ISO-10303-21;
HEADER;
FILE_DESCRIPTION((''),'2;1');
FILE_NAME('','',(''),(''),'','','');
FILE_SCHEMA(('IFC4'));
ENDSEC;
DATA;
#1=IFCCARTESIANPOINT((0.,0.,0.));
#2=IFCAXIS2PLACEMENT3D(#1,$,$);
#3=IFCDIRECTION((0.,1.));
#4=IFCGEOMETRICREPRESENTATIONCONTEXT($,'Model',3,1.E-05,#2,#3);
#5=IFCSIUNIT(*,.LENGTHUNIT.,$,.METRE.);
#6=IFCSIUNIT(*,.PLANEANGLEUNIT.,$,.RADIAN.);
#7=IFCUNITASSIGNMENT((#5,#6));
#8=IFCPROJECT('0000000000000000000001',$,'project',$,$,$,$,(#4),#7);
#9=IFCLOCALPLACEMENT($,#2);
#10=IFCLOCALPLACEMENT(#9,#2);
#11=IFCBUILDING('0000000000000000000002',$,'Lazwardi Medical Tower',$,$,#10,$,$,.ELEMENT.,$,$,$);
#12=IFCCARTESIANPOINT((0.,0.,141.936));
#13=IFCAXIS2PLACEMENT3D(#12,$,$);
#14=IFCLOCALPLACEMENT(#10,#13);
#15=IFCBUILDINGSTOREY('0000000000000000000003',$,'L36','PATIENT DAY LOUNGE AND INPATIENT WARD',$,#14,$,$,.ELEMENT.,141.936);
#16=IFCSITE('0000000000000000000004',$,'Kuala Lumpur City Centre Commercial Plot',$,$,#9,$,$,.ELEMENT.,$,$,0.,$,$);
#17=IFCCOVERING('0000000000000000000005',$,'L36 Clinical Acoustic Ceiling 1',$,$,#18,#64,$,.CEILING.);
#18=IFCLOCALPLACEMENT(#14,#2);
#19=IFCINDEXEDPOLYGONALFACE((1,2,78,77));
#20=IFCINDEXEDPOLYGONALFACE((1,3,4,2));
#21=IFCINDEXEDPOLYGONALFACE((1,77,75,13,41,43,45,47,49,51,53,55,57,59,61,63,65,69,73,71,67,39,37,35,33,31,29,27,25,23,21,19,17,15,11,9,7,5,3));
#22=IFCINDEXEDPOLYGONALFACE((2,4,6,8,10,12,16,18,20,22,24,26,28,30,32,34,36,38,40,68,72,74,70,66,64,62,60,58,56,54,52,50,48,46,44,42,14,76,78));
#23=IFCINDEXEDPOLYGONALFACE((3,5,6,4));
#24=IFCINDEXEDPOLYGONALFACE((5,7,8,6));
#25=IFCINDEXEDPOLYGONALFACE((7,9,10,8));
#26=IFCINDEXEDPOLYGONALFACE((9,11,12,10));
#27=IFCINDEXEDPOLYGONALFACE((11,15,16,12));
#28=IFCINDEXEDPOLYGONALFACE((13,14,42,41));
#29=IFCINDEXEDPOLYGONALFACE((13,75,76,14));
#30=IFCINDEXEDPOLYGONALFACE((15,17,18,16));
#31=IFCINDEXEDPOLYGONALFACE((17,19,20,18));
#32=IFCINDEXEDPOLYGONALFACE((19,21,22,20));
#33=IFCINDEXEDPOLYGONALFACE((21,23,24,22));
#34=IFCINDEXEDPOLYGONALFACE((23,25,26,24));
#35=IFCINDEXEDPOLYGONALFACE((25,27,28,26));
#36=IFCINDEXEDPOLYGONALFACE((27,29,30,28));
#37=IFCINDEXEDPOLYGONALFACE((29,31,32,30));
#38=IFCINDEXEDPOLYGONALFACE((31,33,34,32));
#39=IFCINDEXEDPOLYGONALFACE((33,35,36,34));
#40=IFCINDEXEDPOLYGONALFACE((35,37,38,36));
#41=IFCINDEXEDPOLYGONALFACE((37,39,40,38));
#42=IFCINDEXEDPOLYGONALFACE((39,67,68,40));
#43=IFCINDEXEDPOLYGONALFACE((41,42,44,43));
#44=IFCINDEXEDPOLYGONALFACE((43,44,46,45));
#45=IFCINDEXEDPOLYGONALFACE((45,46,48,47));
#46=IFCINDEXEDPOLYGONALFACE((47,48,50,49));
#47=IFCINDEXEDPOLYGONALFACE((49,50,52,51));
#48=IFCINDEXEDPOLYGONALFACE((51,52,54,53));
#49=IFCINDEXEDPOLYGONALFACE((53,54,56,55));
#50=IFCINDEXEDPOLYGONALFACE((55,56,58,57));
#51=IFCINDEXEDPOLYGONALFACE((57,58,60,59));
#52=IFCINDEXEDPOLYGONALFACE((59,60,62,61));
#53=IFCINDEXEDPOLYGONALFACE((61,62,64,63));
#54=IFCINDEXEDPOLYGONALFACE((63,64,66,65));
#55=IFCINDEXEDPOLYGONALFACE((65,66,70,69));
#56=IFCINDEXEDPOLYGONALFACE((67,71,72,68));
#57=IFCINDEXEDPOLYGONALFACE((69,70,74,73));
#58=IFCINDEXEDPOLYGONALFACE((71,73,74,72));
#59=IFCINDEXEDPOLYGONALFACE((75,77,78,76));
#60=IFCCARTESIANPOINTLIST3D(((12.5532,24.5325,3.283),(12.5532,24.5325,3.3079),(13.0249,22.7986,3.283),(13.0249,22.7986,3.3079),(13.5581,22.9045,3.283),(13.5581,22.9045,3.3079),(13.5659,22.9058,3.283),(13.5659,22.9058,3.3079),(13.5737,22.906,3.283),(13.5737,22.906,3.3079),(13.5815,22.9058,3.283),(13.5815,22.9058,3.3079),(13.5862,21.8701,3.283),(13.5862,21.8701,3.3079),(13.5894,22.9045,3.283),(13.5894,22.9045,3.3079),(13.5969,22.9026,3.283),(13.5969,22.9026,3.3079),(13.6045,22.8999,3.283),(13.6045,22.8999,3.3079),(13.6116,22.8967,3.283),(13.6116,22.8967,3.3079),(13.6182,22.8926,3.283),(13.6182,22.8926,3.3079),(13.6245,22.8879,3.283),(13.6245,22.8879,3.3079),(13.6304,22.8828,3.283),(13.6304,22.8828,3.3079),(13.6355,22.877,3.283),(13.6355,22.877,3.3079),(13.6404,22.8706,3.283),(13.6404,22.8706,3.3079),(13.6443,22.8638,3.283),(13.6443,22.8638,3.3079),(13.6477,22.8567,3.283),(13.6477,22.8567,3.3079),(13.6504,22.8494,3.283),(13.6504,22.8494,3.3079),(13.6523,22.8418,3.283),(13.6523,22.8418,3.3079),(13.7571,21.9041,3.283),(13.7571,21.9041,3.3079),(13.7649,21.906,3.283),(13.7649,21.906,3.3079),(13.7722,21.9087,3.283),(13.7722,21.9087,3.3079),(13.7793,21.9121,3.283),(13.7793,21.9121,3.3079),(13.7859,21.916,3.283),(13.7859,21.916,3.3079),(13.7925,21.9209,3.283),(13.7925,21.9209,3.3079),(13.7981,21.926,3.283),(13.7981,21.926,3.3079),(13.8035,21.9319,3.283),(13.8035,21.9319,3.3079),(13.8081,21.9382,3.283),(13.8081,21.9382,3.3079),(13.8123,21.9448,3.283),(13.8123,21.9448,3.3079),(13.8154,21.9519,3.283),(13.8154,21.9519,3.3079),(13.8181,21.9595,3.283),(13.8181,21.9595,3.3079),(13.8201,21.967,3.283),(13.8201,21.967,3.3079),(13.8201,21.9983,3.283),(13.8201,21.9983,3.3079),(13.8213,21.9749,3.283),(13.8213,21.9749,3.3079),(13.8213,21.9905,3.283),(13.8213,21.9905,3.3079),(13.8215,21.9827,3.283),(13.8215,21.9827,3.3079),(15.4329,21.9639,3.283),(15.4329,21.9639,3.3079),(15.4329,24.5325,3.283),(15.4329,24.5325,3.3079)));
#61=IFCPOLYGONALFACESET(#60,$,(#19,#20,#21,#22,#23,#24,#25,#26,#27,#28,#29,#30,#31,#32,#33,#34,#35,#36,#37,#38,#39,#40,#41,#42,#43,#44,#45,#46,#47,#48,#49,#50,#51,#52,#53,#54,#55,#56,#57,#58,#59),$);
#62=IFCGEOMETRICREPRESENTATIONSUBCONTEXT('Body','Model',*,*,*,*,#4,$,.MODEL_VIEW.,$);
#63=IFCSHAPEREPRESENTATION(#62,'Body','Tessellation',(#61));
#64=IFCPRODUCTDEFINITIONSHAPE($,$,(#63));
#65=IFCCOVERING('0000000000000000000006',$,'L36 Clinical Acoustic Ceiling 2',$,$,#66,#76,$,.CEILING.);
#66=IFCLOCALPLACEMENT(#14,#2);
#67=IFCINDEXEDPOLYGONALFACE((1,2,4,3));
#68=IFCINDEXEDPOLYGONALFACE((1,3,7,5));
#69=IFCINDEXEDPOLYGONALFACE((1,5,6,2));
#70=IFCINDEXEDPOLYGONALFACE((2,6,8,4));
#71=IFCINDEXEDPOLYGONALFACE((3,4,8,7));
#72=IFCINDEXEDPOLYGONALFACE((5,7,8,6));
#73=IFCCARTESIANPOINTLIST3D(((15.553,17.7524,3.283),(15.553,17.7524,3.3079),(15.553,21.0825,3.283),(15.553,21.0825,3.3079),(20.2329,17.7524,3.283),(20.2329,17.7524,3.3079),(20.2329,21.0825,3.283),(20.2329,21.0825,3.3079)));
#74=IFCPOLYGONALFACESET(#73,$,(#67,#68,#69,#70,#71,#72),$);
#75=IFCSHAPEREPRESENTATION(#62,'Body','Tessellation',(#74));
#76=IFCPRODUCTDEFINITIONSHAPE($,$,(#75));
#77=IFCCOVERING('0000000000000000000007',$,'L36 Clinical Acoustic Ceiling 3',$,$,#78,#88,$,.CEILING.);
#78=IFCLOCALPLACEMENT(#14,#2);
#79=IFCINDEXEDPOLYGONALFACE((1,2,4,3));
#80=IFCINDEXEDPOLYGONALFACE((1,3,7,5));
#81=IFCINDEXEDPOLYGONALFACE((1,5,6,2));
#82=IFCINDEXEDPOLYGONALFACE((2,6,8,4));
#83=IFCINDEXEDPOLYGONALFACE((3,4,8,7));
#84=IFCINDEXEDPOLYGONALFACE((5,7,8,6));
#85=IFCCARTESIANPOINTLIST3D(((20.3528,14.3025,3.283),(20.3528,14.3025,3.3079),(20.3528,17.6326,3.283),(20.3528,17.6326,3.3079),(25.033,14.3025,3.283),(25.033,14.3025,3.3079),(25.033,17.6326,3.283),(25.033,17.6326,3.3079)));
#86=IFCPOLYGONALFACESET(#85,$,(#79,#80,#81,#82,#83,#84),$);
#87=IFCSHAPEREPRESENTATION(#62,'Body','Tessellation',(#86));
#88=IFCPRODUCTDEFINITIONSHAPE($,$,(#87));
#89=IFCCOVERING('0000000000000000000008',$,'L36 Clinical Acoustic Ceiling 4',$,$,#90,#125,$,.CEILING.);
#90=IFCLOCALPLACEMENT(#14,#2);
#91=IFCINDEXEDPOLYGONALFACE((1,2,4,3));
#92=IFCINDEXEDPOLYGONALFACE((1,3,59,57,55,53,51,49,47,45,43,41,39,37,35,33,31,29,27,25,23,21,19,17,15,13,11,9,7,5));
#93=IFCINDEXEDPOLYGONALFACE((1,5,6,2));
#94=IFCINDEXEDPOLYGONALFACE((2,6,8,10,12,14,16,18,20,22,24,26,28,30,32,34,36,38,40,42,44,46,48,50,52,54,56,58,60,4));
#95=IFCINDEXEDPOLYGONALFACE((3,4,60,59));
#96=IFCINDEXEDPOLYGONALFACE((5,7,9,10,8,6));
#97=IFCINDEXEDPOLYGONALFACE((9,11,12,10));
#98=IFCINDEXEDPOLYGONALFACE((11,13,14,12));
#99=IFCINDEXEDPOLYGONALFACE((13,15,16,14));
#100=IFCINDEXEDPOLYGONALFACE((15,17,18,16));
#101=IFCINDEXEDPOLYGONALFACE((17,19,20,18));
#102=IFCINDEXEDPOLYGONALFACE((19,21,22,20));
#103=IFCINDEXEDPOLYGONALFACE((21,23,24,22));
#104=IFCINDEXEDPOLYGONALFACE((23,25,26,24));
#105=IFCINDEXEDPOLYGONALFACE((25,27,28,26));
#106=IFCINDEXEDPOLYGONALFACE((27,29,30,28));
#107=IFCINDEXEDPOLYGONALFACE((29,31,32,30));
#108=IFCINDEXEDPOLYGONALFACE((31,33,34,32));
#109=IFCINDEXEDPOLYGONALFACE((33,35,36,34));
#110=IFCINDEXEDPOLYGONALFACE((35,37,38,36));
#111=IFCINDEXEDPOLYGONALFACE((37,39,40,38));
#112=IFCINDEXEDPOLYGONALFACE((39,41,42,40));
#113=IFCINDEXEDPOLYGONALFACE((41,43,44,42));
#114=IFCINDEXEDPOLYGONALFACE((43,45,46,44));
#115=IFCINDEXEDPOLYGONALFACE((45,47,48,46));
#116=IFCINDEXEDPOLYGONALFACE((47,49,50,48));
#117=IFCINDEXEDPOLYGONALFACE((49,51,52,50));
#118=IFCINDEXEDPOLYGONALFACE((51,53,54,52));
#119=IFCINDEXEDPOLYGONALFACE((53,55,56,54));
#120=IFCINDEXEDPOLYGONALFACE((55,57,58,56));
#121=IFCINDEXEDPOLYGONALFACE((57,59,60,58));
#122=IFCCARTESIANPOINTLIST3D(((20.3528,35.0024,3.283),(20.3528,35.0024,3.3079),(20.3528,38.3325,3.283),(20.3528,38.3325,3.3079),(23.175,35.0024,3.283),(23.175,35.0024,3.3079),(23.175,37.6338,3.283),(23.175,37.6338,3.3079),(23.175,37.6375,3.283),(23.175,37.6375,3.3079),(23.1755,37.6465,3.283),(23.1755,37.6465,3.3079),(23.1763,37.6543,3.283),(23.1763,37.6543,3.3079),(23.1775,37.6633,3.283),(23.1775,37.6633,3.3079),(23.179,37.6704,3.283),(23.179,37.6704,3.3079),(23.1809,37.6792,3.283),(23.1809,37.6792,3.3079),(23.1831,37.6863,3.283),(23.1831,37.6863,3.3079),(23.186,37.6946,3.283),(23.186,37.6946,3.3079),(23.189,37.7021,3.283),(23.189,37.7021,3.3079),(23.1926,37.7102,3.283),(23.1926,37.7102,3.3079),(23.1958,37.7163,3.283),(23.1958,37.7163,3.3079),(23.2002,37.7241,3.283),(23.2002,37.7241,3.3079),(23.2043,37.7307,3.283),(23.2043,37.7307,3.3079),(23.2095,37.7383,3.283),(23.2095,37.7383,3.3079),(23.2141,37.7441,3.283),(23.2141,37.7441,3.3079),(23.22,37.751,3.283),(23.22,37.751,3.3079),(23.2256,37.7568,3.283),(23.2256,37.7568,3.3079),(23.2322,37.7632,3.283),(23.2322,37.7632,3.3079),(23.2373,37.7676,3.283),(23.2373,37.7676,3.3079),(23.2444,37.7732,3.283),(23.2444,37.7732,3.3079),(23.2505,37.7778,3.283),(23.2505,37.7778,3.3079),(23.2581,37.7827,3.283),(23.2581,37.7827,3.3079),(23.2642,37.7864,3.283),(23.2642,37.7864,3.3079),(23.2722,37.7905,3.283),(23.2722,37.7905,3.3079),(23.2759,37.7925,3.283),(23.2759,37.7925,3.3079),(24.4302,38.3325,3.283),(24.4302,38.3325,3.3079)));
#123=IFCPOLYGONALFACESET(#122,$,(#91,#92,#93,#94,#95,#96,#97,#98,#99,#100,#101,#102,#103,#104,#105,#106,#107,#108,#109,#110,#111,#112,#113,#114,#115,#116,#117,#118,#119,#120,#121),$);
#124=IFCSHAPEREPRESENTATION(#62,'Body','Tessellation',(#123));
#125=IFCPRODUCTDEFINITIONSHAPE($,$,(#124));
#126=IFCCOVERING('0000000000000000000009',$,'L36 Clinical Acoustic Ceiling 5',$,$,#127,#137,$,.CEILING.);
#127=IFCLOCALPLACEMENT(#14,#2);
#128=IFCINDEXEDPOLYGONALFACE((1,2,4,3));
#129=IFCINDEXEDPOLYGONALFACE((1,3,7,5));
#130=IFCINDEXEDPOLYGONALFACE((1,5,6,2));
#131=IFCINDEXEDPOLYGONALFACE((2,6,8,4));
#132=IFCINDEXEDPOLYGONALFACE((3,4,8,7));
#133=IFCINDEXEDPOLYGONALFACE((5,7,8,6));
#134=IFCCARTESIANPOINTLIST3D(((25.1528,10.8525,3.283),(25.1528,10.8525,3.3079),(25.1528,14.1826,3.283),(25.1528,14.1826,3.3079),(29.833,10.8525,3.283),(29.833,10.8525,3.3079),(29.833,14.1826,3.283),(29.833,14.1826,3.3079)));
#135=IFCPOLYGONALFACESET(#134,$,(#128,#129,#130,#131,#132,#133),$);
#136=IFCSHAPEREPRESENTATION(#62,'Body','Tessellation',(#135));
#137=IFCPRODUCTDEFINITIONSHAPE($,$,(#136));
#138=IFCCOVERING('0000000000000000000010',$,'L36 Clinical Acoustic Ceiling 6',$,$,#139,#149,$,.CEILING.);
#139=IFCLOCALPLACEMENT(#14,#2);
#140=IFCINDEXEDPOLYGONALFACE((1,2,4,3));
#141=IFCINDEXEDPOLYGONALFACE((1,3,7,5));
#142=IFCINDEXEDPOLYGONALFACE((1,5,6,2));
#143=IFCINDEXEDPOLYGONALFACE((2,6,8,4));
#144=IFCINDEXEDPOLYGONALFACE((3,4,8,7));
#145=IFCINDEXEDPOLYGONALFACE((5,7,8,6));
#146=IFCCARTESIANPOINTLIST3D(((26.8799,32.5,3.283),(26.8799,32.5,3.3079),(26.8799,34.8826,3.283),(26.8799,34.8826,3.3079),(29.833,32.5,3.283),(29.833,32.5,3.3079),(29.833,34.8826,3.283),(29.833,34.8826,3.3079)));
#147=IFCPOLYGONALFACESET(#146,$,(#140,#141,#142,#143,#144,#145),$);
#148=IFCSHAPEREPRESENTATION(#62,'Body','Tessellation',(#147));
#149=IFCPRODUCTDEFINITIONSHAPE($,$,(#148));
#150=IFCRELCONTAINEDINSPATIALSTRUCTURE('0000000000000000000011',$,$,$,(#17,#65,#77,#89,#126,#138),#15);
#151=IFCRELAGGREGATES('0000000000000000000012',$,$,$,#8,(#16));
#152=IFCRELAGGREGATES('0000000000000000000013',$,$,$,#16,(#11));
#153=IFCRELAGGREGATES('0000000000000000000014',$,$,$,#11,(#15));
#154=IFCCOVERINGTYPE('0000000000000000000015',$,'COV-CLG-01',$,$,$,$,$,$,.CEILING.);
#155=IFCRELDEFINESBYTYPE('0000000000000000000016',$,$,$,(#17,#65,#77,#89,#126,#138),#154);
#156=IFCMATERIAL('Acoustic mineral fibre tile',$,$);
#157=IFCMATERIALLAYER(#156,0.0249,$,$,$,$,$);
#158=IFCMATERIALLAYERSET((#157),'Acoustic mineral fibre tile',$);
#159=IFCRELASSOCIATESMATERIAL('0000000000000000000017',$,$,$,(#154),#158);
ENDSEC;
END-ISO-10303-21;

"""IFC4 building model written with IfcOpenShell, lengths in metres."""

from ifc_helpers import new_model, si_unit, direction, frame, origin, place, context, subcontext, project, spatial, polyline, outline, extrude, material, layer, layer_set, type_object, element, save


model = new_model("IFC4")

# Units and contexts
model_context = context("Model", 3, precision=1e-05, world=origin(), true_north=direction((0.0, 1.0)))
body_context = subcontext(model_context, "Body", "Model", "MODEL_VIEW")
ifc_project = project(units=[si_unit("LENGTHUNIT", "METRE"), si_unit("PLANEANGLEUNIT", "RADIAN")], contexts=[model_context])

# Site, building, storey
site_placement = place(None, origin())
site = spatial("IfcSite", under=ifc_project, at=site_placement, Name="Kuala Lumpur City Centre Commercial Plot", CompositionType="ELEMENT", RefElevation=0.0)
building_placement = place(site_placement, origin())
building = spatial("IfcBuilding", under=site, at=building_placement, Name="Lazwardi Medical Tower", CompositionType="ELEMENT")
storey_placement = place(building_placement, frame((0.0, 0.0, 141.936)))
storey = spatial("IfcBuildingStorey", under=building, at=storey_placement, Name="L36", Description="PATIENT DAY LOUNGE AND INPATIENT WARD", CompositionType="ELEMENT", Elevation=141.936)

# Coverings
ifc_material_1 = material(Name="Acoustic mineral fibre tile")
ifc_layer_1 = layer(ifc_material_1, 0.0249)
ifc_layer_set_1 = layer_set([ifc_layer_1], Name="Acoustic mineral fibre tile")
covering_type_1 = type_object("IfcCoveringType", Name="COV-CLG-01", PredefinedType="CEILING", material=ifc_layer_set_1)
covering_1_placement = place(storey_placement, frame((0.0, 0.0, 3.283)))
element("IfcCovering", 1, at=covering_1_placement, inside=storey, type_object=covering_type_1, Name="L36 Clinical Acoustic Ceiling 1", PredefinedType="CEILING", context=body_context, shape_type="SweptSolid", body=[
    extrude(outline(polyline([(12.5532, 24.5325), (13.0249, 22.7986), (13.5581, 22.9045), (13.5659, 22.9058), (13.5737, 22.906), (13.5815, 22.9058), (13.5894, 22.9045), (13.5969, 22.9026), (13.6045, 22.8999), (13.6116, 22.8967), (13.6182, 22.8926), (13.6245, 22.8879), (13.6304, 22.8828), (13.6355, 22.877), (13.6404, 22.8706), (13.6443, 22.8638), (13.6477, 22.8567), (13.6504, 22.8494), (13.6523, 22.8418), (13.8201, 21.9983), (13.8213, 21.9905), (13.8215, 21.9827), (13.8213, 21.9749), (13.8201, 21.967), (13.8181, 21.9595), (13.8154, 21.9519), (13.8123, 21.9448), (13.8081, 21.9382), (13.8035, 21.9319), (13.7981, 21.926), (13.7925, 21.9209), (13.7859, 21.916), (13.7793, 21.9121), (13.7722, 21.9087), (13.7649, 21.906), (13.7571, 21.9041), (13.5862, 21.8701), (15.4329, 21.9639), (15.4329, 24.5325), (12.5532, 24.5325)])), origin(), (0.0, 0.0, 1.0), 0.0249),
])
covering_2_placement = place(storey_placement, frame((0.0, 0.0, 3.283)))
element("IfcCovering", 2, at=covering_2_placement, inside=storey, type_object=covering_type_1, Name="L36 Clinical Acoustic Ceiling 2", PredefinedType="CEILING", context=body_context, shape_type="SweptSolid", body=[
    extrude(outline(polyline([(20.2329, 17.7524), (20.2329, 21.0825), (15.553, 21.0825), (15.553, 17.7524), (20.2329, 17.7524)])), origin(), (0.0, 0.0, 1.0), 0.0249),
])
covering_3_placement = place(storey_placement, frame((0.0, 0.0, 3.283)))
element("IfcCovering", 3, at=covering_3_placement, inside=storey, type_object=covering_type_1, Name="L36 Clinical Acoustic Ceiling 3", PredefinedType="CEILING", context=body_context, shape_type="SweptSolid", body=[
    extrude(outline(polyline([(25.033, 14.3025), (25.033, 17.6326), (20.3528, 17.6326), (20.3528, 14.3025), (25.033, 14.3025)])), origin(), (0.0, 0.0, 1.0), 0.0249),
])
covering_4_placement = place(storey_placement, frame((0.0, 0.0, 3.283)))
element("IfcCovering", 4, at=covering_4_placement, inside=storey, type_object=covering_type_1, Name="L36 Clinical Acoustic Ceiling 4", PredefinedType="CEILING", context=body_context, shape_type="SweptSolid", body=[
    extrude(outline(polyline([(23.175, 35.0024), (23.175, 37.6338), (23.175, 37.6375), (23.1755, 37.6465), (23.1763, 37.6543), (23.1775, 37.6633), (23.179, 37.6704), (23.1809, 37.6792), (23.1831, 37.6863), (23.186, 37.6946), (23.189, 37.7021), (23.1926, 37.7102), (23.1958, 37.7163), (23.2002, 37.7241), (23.2043, 37.7307), (23.2095, 37.7383), (23.2141, 37.7441), (23.22, 37.751), (23.2256, 37.7568), (23.2322, 37.7632), (23.2373, 37.7676), (23.2444, 37.7732), (23.2505, 37.7778), (23.2581, 37.7827), (23.2642, 37.7864), (23.2722, 37.7905), (23.2759, 37.7925), (24.4302, 38.3325), (20.3528, 38.3325), (20.3528, 35.0024), (23.175, 35.0024)])), origin(), (0.0, 0.0, 1.0), 0.0249),
])
covering_5_placement = place(storey_placement, frame((0.0, 0.0, 3.283)))
element("IfcCovering", 5, at=covering_5_placement, inside=storey, type_object=covering_type_1, Name="L36 Clinical Acoustic Ceiling 5", PredefinedType="CEILING", context=body_context, shape_type="SweptSolid", body=[
    extrude(outline(polyline([(29.833, 10.8525), (29.833, 14.1826), (25.1528, 14.1826), (25.1528, 10.8525), (29.833, 10.8525)])), origin(), (0.0, 0.0, 1.0), 0.0249),
])
covering_6_placement = place(storey_placement, frame((0.0, 0.0, 3.283)))
element("IfcCovering", 6, at=covering_6_placement, inside=storey, type_object=covering_type_1, Name="L36 Clinical Acoustic Ceiling 6", PredefinedType="CEILING", context=body_context, shape_type="SweptSolid", body=[
    extrude(outline(polyline([(26.8799, 34.8826), (26.8799, 32.5), (29.833, 32.5), (29.833, 34.8826), (26.8799, 34.8826)])), origin(), (0.0, 0.0, 1.0), 0.0249),
])

save(model, "model.ifc")
